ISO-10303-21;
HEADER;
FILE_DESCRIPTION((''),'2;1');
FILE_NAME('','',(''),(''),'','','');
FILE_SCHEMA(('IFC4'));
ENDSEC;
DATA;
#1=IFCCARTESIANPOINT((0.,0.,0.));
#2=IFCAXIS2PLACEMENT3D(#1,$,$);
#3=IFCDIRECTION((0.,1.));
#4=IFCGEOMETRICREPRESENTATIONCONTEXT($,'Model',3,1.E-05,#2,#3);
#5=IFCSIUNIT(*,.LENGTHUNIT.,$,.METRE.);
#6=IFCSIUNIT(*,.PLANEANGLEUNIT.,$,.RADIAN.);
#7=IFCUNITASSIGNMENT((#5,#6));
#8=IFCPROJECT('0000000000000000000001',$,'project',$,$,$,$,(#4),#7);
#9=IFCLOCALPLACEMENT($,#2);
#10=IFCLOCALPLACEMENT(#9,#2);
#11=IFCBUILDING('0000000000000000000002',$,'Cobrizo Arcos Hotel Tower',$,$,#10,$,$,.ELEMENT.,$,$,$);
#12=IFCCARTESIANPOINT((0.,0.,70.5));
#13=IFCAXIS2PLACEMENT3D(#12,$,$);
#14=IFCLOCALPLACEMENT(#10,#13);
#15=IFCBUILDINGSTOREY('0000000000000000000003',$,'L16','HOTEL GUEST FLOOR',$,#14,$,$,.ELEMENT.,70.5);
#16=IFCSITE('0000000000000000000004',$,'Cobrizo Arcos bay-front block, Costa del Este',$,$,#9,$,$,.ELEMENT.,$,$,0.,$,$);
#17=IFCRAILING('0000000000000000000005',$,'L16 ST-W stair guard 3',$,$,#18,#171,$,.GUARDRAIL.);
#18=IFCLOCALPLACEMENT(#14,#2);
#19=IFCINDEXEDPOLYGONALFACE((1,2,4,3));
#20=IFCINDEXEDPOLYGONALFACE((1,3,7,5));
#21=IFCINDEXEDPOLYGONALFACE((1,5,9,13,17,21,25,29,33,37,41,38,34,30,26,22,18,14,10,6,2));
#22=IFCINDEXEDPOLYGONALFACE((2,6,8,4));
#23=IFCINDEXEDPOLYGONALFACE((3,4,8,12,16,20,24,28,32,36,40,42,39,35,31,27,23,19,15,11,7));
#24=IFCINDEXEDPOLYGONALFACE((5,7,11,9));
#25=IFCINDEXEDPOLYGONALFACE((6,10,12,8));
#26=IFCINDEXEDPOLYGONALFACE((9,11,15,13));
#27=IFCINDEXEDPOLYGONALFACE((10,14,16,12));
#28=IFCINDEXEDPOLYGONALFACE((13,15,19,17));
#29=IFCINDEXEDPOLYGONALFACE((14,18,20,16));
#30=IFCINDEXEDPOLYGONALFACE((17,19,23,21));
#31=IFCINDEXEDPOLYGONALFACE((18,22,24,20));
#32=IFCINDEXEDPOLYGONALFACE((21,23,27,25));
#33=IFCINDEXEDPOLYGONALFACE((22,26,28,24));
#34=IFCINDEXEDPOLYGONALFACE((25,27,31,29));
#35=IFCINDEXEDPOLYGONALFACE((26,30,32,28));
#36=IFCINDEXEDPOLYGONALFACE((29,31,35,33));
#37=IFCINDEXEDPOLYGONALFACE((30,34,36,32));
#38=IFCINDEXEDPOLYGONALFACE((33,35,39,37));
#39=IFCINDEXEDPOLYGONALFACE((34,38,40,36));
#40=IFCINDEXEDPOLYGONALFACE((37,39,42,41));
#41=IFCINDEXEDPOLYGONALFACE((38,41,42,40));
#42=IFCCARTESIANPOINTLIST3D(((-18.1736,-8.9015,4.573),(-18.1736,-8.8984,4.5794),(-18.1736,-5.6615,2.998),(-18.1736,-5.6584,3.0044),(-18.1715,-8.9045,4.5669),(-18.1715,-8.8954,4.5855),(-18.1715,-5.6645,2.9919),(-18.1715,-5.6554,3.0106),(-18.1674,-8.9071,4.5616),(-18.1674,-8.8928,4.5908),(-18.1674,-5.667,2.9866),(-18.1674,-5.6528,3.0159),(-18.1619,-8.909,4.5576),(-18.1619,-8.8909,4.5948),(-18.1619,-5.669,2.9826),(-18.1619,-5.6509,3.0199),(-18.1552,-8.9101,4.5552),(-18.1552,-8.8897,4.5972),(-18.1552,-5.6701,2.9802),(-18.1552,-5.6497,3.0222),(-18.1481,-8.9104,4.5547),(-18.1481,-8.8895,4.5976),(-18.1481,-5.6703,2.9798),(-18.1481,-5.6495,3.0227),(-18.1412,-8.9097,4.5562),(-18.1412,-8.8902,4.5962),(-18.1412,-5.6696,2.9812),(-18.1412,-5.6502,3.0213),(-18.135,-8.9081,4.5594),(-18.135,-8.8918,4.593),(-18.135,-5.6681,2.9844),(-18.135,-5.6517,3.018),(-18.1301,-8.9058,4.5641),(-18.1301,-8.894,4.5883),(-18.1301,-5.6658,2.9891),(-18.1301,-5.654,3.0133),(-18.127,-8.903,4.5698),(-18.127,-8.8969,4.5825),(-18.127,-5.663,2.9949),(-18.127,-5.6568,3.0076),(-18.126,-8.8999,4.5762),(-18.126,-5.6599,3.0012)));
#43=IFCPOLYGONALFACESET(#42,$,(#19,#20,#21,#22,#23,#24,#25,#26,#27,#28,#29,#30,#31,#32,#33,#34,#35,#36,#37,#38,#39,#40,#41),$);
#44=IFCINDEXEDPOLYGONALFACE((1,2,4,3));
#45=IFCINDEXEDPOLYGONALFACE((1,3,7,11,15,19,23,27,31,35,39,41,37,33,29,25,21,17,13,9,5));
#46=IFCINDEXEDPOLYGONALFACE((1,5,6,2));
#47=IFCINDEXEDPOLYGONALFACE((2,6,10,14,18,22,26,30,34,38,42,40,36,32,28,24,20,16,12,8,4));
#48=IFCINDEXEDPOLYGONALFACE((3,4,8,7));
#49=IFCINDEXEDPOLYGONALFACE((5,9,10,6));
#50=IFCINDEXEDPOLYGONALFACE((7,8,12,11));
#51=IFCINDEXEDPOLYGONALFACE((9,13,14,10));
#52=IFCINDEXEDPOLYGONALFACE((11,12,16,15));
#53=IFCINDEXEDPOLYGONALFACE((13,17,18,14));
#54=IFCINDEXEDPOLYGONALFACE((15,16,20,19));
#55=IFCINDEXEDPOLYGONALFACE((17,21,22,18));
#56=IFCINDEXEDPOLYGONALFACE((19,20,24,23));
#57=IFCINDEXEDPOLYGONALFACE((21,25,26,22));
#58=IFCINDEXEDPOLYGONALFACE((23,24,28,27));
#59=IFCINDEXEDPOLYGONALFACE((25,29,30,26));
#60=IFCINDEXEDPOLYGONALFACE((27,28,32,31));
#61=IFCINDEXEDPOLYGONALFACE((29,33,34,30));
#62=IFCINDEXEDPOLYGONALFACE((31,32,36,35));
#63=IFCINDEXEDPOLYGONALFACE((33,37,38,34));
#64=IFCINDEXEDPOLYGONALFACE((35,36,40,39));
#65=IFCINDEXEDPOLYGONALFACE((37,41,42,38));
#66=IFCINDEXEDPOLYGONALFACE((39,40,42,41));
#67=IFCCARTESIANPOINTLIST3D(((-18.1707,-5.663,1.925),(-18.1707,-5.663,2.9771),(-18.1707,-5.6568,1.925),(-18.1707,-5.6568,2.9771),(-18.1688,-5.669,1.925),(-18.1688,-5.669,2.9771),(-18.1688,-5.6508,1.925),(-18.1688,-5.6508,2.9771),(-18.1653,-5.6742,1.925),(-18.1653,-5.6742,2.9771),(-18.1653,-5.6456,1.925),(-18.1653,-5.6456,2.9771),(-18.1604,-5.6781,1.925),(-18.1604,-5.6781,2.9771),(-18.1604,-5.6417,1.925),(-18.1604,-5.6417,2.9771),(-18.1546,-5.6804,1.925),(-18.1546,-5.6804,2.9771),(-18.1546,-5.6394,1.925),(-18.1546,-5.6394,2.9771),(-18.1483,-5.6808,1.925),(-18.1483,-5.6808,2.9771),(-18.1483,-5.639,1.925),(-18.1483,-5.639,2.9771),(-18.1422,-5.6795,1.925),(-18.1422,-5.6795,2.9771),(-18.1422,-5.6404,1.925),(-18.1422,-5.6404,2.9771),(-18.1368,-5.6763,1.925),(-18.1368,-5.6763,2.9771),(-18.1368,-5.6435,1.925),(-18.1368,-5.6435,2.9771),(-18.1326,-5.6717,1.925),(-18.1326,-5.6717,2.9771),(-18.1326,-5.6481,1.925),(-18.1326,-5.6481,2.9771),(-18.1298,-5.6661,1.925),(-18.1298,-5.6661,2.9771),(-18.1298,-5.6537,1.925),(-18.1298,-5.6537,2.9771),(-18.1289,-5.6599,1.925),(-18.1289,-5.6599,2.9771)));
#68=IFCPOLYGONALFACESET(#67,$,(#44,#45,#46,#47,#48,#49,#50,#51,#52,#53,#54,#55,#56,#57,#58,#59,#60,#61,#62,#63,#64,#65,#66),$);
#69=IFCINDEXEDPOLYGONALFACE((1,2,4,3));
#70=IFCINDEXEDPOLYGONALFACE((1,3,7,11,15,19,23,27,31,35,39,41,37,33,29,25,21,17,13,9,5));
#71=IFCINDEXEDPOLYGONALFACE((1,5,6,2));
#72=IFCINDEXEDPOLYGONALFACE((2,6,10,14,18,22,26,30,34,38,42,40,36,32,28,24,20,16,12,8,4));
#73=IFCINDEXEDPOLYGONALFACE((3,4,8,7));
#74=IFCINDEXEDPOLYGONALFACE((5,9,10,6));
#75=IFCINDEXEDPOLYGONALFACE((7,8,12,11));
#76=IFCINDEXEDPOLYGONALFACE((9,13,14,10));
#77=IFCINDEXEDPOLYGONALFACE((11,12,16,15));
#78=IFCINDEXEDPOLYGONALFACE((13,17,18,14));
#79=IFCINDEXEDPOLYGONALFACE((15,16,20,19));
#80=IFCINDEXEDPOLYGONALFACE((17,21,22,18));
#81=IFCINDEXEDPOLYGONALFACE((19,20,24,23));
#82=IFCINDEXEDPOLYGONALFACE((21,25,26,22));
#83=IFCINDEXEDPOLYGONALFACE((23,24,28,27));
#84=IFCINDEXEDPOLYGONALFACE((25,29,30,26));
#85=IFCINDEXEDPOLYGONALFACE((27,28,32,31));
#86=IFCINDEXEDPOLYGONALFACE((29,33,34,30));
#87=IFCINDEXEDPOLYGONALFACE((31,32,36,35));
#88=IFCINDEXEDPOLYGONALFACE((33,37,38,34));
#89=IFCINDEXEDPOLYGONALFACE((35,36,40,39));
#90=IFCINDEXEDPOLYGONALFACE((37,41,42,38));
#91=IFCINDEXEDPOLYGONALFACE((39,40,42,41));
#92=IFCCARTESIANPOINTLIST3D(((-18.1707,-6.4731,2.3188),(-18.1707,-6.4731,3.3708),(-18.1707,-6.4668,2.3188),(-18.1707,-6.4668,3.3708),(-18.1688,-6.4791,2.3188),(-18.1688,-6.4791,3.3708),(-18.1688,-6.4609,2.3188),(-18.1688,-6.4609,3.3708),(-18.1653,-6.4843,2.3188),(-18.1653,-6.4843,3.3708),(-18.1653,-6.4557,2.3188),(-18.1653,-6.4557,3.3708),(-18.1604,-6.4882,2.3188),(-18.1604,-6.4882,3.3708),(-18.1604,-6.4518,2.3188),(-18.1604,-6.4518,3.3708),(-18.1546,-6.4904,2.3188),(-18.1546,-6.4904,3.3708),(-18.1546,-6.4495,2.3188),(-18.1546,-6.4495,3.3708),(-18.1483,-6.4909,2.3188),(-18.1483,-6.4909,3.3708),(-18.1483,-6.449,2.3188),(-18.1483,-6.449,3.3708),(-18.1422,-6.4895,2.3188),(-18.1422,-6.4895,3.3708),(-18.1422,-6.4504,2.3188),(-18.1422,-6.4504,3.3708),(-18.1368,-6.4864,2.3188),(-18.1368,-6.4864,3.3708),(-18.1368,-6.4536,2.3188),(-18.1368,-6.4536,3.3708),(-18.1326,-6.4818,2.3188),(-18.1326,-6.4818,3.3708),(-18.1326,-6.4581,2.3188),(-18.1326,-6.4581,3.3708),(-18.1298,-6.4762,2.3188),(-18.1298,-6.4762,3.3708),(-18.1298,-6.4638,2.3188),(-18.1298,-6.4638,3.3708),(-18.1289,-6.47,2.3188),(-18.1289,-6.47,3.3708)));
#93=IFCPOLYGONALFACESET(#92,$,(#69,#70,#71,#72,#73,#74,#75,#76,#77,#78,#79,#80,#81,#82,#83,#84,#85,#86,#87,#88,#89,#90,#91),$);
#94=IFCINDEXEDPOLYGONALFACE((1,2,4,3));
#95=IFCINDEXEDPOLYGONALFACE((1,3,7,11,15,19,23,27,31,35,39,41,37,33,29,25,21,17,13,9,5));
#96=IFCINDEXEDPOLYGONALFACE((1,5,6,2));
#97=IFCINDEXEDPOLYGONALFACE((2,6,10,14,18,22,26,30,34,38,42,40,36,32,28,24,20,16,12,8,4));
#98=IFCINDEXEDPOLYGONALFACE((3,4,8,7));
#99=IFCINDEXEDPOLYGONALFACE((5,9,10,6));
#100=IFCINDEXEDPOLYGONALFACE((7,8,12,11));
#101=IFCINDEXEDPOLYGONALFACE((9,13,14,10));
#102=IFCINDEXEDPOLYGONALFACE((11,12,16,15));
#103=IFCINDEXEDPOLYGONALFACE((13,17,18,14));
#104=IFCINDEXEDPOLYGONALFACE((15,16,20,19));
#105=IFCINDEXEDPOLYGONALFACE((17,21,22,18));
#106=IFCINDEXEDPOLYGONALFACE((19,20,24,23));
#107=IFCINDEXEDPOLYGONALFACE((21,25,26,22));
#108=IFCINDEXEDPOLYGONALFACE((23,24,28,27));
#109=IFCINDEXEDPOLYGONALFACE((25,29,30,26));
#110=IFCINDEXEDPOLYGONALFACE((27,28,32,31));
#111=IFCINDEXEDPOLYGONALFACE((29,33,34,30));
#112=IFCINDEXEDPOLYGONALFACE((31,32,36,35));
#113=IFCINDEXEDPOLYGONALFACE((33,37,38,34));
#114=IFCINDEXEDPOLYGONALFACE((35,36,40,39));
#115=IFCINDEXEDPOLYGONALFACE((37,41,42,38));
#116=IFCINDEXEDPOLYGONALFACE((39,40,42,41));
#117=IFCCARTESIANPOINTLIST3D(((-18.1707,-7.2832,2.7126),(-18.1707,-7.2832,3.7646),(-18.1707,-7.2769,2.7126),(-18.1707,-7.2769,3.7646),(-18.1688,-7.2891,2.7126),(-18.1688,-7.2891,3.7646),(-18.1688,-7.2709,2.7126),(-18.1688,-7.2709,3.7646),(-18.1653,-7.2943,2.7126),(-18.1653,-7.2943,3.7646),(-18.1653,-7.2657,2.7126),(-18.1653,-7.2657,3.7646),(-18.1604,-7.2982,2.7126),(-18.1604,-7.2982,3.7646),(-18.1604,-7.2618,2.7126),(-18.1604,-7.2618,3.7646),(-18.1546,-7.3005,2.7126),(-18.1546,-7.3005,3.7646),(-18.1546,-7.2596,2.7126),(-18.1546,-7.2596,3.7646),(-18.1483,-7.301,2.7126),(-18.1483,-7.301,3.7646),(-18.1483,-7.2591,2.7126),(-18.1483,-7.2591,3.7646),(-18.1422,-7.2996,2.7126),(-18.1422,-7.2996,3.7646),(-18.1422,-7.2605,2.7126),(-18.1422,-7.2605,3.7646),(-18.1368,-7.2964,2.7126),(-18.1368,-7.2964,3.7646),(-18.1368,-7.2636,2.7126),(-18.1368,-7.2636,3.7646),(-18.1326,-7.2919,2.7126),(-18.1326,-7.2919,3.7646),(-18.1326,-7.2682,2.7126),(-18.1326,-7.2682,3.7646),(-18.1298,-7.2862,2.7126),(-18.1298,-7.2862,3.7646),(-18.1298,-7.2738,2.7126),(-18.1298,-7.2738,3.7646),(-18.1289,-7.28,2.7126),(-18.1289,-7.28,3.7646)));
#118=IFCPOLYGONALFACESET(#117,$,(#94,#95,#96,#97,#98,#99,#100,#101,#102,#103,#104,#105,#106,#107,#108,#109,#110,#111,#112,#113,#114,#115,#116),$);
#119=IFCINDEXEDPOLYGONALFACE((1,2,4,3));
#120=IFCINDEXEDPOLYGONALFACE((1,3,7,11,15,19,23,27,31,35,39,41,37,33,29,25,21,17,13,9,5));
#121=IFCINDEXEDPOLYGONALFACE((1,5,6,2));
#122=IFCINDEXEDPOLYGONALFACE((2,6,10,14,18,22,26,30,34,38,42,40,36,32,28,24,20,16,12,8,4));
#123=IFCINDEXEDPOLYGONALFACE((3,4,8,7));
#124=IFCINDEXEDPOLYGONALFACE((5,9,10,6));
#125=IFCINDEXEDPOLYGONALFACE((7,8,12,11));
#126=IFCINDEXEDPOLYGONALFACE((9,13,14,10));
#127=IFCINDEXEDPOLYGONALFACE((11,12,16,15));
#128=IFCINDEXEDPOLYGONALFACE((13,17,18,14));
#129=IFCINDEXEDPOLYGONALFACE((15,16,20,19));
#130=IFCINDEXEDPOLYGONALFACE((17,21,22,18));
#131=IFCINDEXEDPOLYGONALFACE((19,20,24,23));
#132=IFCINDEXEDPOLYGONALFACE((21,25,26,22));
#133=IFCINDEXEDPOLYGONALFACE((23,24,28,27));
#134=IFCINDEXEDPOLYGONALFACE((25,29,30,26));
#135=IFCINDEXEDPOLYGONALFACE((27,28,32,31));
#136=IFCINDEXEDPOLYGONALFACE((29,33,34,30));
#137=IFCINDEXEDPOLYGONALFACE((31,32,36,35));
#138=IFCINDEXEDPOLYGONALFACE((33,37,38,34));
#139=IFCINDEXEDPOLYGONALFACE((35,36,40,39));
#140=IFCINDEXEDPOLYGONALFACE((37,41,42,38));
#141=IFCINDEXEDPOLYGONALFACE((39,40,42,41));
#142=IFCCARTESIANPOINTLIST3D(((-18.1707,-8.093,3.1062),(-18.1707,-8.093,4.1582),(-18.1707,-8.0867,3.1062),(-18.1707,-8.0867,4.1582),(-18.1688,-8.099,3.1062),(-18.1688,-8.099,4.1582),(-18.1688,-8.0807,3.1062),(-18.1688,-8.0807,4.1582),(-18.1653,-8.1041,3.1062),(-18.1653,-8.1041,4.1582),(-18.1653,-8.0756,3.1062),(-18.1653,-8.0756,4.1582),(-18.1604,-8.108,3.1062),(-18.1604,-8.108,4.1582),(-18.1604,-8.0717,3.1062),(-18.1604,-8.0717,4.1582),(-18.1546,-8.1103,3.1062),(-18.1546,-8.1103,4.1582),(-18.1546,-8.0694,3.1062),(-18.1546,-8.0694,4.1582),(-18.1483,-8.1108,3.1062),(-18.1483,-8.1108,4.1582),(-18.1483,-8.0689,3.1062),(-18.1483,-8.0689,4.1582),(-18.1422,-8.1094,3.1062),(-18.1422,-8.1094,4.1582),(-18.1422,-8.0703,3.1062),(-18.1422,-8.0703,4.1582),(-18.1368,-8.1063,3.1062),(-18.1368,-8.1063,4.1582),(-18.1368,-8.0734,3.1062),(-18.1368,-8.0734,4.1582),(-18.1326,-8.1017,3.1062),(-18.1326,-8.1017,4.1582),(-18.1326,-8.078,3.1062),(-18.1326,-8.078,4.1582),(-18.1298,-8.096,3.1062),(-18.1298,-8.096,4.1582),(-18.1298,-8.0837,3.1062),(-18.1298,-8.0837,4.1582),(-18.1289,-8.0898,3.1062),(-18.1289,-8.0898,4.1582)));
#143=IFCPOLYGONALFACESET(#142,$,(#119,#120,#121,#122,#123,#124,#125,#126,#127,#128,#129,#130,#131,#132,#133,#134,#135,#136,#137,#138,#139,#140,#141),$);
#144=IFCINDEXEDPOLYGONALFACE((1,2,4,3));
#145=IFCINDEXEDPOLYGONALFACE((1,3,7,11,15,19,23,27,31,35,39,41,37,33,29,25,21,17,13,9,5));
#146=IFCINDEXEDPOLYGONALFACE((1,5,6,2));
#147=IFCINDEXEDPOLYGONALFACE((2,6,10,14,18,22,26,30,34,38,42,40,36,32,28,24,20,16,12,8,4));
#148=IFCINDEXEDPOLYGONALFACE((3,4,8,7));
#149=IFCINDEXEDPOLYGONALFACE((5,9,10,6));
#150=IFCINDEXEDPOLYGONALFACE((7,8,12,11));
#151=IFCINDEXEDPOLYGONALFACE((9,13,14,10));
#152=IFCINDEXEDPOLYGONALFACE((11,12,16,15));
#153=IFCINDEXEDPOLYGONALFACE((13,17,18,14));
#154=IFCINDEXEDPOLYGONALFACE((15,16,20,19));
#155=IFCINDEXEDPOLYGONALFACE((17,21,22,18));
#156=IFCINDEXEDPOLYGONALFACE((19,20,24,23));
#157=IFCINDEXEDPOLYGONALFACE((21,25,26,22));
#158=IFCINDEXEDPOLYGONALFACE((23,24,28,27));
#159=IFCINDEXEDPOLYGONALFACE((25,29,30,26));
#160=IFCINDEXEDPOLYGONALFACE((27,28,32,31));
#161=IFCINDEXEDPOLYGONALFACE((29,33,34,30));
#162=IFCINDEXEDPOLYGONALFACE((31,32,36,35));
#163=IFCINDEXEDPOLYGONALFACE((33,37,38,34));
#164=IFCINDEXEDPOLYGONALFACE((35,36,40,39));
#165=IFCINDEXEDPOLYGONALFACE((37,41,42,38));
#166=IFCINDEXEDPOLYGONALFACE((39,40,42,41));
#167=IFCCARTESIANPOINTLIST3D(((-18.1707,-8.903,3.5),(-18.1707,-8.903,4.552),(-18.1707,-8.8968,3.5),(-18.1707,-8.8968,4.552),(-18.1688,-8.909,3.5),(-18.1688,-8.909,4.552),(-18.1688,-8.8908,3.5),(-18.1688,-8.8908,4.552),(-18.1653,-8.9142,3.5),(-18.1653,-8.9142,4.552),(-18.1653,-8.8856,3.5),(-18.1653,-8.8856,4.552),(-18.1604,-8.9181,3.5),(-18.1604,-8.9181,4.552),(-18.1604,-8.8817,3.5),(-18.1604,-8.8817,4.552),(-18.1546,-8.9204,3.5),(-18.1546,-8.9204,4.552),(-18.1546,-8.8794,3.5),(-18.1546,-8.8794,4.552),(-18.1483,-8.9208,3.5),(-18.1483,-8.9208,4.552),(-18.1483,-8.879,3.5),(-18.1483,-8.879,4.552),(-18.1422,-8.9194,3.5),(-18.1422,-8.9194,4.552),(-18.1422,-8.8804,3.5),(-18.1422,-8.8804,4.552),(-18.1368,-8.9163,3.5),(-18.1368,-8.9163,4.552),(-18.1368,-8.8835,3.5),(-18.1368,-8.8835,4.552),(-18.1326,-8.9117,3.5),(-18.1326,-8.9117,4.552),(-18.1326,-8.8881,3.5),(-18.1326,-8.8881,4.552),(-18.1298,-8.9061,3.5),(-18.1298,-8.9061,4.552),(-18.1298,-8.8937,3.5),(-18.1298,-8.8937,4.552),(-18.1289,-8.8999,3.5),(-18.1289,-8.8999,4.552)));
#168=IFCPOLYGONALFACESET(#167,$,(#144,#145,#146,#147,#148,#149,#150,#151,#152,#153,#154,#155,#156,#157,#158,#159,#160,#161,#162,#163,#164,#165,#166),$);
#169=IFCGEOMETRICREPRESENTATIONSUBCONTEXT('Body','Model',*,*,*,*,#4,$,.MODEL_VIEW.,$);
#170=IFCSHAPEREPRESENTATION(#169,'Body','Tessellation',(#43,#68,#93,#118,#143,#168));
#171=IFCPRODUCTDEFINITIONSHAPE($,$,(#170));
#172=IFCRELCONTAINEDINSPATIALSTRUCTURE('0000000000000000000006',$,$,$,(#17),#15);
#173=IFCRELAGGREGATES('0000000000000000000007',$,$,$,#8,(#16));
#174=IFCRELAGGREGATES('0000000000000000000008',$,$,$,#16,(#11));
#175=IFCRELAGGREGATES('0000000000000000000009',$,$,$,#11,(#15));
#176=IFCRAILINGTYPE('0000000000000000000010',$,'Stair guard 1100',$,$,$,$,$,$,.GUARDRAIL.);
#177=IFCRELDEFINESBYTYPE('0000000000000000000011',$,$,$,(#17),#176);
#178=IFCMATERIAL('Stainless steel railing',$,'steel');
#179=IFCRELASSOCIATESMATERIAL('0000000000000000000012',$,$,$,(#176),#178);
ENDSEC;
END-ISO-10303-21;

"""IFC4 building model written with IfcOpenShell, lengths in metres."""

from ifc_helpers import new_model, si_unit, direction, frame, origin, origin_2d, place, context, subcontext, project, spatial, circle, extrude, material, type_object, element, save


model = new_model("IFC4")

# Units and contexts
model_context = context("Model", 3, precision=1e-05, world=origin(), true_north=direction((0.0, 1.0)))
body_context = subcontext(model_context, "Body", "Model", "MODEL_VIEW")
ifc_project = project(units=[si_unit("LENGTHUNIT", "METRE"), si_unit("PLANEANGLEUNIT", "RADIAN")], contexts=[model_context])

# Site, building, storey
site_placement = place(None, origin())
site = spatial("IfcSite", under=ifc_project, at=site_placement, Name="Cobrizo Arcos bay-front block, Costa del Este", CompositionType="ELEMENT", RefElevation=0.0)
building_placement = place(site_placement, origin())
building = spatial("IfcBuilding", under=site, at=building_placement, Name="Cobrizo Arcos Hotel Tower", CompositionType="ELEMENT")
storey_placement = place(building_placement, frame((0.0, 0.0, 70.5)))
storey = spatial("IfcBuildingStorey", under=building, at=storey_placement, Name="L16", Description="HOTEL GUEST FLOOR", CompositionType="ELEMENT", Elevation=70.5)

# Railing
ifc_material_1 = material(Name="Stainless steel railing", Category="steel")
railing_type_1 = type_object("IfcRailingType", Name="Stair guard 1100", PredefinedType="GUARDRAIL", material=ifc_material_1)
railing_1_placement = place(storey_placement, frame((-18.1499, -5.6599, 1.925)))
element("IfcRailing", 1, at=railing_1_placement, inside=storey, type_object=railing_type_1, Name="L16 ST-W stair guard 3", PredefinedType="GUARDRAIL", context=body_context, shape_type="SweptSolid", body=[
    extrude(circle(Radius=0.0239, at=origin_2d()), frame((0.0, 0.0, 1.0762), z_axis=(0.0, -0.899373, 0.437183), x_axis=(1.0, 0.0, 0.0)), (0.0, 0.0, 1.0), 3.6025),
    extrude(circle(Radius=0.021, at=origin_2d()), origin(), (0.0, 0.0, 1.0), 1.052),
    extrude(circle(Radius=0.021, at=origin_2d()), frame((0.0, -0.8101, 0.3938)), (0.0, 0.0, 1.0), 1.052),
    extrude(circle(Radius=0.021, at=origin_2d()), frame((0.0, -1.6201, 0.7876)), (0.0, 0.0, 1.0), 1.052),
    extrude(circle(Radius=0.021, at=origin_2d()), frame((0.0, -2.4299, 1.1812)), (0.0, 0.0, 1.0), 1.052),
    extrude(circle(Radius=0.021, at=origin_2d()), frame((0.0, -3.24, 1.575)), (0.0, 0.0, 1.0), 1.052),
])

save(model, "model.ifc")
